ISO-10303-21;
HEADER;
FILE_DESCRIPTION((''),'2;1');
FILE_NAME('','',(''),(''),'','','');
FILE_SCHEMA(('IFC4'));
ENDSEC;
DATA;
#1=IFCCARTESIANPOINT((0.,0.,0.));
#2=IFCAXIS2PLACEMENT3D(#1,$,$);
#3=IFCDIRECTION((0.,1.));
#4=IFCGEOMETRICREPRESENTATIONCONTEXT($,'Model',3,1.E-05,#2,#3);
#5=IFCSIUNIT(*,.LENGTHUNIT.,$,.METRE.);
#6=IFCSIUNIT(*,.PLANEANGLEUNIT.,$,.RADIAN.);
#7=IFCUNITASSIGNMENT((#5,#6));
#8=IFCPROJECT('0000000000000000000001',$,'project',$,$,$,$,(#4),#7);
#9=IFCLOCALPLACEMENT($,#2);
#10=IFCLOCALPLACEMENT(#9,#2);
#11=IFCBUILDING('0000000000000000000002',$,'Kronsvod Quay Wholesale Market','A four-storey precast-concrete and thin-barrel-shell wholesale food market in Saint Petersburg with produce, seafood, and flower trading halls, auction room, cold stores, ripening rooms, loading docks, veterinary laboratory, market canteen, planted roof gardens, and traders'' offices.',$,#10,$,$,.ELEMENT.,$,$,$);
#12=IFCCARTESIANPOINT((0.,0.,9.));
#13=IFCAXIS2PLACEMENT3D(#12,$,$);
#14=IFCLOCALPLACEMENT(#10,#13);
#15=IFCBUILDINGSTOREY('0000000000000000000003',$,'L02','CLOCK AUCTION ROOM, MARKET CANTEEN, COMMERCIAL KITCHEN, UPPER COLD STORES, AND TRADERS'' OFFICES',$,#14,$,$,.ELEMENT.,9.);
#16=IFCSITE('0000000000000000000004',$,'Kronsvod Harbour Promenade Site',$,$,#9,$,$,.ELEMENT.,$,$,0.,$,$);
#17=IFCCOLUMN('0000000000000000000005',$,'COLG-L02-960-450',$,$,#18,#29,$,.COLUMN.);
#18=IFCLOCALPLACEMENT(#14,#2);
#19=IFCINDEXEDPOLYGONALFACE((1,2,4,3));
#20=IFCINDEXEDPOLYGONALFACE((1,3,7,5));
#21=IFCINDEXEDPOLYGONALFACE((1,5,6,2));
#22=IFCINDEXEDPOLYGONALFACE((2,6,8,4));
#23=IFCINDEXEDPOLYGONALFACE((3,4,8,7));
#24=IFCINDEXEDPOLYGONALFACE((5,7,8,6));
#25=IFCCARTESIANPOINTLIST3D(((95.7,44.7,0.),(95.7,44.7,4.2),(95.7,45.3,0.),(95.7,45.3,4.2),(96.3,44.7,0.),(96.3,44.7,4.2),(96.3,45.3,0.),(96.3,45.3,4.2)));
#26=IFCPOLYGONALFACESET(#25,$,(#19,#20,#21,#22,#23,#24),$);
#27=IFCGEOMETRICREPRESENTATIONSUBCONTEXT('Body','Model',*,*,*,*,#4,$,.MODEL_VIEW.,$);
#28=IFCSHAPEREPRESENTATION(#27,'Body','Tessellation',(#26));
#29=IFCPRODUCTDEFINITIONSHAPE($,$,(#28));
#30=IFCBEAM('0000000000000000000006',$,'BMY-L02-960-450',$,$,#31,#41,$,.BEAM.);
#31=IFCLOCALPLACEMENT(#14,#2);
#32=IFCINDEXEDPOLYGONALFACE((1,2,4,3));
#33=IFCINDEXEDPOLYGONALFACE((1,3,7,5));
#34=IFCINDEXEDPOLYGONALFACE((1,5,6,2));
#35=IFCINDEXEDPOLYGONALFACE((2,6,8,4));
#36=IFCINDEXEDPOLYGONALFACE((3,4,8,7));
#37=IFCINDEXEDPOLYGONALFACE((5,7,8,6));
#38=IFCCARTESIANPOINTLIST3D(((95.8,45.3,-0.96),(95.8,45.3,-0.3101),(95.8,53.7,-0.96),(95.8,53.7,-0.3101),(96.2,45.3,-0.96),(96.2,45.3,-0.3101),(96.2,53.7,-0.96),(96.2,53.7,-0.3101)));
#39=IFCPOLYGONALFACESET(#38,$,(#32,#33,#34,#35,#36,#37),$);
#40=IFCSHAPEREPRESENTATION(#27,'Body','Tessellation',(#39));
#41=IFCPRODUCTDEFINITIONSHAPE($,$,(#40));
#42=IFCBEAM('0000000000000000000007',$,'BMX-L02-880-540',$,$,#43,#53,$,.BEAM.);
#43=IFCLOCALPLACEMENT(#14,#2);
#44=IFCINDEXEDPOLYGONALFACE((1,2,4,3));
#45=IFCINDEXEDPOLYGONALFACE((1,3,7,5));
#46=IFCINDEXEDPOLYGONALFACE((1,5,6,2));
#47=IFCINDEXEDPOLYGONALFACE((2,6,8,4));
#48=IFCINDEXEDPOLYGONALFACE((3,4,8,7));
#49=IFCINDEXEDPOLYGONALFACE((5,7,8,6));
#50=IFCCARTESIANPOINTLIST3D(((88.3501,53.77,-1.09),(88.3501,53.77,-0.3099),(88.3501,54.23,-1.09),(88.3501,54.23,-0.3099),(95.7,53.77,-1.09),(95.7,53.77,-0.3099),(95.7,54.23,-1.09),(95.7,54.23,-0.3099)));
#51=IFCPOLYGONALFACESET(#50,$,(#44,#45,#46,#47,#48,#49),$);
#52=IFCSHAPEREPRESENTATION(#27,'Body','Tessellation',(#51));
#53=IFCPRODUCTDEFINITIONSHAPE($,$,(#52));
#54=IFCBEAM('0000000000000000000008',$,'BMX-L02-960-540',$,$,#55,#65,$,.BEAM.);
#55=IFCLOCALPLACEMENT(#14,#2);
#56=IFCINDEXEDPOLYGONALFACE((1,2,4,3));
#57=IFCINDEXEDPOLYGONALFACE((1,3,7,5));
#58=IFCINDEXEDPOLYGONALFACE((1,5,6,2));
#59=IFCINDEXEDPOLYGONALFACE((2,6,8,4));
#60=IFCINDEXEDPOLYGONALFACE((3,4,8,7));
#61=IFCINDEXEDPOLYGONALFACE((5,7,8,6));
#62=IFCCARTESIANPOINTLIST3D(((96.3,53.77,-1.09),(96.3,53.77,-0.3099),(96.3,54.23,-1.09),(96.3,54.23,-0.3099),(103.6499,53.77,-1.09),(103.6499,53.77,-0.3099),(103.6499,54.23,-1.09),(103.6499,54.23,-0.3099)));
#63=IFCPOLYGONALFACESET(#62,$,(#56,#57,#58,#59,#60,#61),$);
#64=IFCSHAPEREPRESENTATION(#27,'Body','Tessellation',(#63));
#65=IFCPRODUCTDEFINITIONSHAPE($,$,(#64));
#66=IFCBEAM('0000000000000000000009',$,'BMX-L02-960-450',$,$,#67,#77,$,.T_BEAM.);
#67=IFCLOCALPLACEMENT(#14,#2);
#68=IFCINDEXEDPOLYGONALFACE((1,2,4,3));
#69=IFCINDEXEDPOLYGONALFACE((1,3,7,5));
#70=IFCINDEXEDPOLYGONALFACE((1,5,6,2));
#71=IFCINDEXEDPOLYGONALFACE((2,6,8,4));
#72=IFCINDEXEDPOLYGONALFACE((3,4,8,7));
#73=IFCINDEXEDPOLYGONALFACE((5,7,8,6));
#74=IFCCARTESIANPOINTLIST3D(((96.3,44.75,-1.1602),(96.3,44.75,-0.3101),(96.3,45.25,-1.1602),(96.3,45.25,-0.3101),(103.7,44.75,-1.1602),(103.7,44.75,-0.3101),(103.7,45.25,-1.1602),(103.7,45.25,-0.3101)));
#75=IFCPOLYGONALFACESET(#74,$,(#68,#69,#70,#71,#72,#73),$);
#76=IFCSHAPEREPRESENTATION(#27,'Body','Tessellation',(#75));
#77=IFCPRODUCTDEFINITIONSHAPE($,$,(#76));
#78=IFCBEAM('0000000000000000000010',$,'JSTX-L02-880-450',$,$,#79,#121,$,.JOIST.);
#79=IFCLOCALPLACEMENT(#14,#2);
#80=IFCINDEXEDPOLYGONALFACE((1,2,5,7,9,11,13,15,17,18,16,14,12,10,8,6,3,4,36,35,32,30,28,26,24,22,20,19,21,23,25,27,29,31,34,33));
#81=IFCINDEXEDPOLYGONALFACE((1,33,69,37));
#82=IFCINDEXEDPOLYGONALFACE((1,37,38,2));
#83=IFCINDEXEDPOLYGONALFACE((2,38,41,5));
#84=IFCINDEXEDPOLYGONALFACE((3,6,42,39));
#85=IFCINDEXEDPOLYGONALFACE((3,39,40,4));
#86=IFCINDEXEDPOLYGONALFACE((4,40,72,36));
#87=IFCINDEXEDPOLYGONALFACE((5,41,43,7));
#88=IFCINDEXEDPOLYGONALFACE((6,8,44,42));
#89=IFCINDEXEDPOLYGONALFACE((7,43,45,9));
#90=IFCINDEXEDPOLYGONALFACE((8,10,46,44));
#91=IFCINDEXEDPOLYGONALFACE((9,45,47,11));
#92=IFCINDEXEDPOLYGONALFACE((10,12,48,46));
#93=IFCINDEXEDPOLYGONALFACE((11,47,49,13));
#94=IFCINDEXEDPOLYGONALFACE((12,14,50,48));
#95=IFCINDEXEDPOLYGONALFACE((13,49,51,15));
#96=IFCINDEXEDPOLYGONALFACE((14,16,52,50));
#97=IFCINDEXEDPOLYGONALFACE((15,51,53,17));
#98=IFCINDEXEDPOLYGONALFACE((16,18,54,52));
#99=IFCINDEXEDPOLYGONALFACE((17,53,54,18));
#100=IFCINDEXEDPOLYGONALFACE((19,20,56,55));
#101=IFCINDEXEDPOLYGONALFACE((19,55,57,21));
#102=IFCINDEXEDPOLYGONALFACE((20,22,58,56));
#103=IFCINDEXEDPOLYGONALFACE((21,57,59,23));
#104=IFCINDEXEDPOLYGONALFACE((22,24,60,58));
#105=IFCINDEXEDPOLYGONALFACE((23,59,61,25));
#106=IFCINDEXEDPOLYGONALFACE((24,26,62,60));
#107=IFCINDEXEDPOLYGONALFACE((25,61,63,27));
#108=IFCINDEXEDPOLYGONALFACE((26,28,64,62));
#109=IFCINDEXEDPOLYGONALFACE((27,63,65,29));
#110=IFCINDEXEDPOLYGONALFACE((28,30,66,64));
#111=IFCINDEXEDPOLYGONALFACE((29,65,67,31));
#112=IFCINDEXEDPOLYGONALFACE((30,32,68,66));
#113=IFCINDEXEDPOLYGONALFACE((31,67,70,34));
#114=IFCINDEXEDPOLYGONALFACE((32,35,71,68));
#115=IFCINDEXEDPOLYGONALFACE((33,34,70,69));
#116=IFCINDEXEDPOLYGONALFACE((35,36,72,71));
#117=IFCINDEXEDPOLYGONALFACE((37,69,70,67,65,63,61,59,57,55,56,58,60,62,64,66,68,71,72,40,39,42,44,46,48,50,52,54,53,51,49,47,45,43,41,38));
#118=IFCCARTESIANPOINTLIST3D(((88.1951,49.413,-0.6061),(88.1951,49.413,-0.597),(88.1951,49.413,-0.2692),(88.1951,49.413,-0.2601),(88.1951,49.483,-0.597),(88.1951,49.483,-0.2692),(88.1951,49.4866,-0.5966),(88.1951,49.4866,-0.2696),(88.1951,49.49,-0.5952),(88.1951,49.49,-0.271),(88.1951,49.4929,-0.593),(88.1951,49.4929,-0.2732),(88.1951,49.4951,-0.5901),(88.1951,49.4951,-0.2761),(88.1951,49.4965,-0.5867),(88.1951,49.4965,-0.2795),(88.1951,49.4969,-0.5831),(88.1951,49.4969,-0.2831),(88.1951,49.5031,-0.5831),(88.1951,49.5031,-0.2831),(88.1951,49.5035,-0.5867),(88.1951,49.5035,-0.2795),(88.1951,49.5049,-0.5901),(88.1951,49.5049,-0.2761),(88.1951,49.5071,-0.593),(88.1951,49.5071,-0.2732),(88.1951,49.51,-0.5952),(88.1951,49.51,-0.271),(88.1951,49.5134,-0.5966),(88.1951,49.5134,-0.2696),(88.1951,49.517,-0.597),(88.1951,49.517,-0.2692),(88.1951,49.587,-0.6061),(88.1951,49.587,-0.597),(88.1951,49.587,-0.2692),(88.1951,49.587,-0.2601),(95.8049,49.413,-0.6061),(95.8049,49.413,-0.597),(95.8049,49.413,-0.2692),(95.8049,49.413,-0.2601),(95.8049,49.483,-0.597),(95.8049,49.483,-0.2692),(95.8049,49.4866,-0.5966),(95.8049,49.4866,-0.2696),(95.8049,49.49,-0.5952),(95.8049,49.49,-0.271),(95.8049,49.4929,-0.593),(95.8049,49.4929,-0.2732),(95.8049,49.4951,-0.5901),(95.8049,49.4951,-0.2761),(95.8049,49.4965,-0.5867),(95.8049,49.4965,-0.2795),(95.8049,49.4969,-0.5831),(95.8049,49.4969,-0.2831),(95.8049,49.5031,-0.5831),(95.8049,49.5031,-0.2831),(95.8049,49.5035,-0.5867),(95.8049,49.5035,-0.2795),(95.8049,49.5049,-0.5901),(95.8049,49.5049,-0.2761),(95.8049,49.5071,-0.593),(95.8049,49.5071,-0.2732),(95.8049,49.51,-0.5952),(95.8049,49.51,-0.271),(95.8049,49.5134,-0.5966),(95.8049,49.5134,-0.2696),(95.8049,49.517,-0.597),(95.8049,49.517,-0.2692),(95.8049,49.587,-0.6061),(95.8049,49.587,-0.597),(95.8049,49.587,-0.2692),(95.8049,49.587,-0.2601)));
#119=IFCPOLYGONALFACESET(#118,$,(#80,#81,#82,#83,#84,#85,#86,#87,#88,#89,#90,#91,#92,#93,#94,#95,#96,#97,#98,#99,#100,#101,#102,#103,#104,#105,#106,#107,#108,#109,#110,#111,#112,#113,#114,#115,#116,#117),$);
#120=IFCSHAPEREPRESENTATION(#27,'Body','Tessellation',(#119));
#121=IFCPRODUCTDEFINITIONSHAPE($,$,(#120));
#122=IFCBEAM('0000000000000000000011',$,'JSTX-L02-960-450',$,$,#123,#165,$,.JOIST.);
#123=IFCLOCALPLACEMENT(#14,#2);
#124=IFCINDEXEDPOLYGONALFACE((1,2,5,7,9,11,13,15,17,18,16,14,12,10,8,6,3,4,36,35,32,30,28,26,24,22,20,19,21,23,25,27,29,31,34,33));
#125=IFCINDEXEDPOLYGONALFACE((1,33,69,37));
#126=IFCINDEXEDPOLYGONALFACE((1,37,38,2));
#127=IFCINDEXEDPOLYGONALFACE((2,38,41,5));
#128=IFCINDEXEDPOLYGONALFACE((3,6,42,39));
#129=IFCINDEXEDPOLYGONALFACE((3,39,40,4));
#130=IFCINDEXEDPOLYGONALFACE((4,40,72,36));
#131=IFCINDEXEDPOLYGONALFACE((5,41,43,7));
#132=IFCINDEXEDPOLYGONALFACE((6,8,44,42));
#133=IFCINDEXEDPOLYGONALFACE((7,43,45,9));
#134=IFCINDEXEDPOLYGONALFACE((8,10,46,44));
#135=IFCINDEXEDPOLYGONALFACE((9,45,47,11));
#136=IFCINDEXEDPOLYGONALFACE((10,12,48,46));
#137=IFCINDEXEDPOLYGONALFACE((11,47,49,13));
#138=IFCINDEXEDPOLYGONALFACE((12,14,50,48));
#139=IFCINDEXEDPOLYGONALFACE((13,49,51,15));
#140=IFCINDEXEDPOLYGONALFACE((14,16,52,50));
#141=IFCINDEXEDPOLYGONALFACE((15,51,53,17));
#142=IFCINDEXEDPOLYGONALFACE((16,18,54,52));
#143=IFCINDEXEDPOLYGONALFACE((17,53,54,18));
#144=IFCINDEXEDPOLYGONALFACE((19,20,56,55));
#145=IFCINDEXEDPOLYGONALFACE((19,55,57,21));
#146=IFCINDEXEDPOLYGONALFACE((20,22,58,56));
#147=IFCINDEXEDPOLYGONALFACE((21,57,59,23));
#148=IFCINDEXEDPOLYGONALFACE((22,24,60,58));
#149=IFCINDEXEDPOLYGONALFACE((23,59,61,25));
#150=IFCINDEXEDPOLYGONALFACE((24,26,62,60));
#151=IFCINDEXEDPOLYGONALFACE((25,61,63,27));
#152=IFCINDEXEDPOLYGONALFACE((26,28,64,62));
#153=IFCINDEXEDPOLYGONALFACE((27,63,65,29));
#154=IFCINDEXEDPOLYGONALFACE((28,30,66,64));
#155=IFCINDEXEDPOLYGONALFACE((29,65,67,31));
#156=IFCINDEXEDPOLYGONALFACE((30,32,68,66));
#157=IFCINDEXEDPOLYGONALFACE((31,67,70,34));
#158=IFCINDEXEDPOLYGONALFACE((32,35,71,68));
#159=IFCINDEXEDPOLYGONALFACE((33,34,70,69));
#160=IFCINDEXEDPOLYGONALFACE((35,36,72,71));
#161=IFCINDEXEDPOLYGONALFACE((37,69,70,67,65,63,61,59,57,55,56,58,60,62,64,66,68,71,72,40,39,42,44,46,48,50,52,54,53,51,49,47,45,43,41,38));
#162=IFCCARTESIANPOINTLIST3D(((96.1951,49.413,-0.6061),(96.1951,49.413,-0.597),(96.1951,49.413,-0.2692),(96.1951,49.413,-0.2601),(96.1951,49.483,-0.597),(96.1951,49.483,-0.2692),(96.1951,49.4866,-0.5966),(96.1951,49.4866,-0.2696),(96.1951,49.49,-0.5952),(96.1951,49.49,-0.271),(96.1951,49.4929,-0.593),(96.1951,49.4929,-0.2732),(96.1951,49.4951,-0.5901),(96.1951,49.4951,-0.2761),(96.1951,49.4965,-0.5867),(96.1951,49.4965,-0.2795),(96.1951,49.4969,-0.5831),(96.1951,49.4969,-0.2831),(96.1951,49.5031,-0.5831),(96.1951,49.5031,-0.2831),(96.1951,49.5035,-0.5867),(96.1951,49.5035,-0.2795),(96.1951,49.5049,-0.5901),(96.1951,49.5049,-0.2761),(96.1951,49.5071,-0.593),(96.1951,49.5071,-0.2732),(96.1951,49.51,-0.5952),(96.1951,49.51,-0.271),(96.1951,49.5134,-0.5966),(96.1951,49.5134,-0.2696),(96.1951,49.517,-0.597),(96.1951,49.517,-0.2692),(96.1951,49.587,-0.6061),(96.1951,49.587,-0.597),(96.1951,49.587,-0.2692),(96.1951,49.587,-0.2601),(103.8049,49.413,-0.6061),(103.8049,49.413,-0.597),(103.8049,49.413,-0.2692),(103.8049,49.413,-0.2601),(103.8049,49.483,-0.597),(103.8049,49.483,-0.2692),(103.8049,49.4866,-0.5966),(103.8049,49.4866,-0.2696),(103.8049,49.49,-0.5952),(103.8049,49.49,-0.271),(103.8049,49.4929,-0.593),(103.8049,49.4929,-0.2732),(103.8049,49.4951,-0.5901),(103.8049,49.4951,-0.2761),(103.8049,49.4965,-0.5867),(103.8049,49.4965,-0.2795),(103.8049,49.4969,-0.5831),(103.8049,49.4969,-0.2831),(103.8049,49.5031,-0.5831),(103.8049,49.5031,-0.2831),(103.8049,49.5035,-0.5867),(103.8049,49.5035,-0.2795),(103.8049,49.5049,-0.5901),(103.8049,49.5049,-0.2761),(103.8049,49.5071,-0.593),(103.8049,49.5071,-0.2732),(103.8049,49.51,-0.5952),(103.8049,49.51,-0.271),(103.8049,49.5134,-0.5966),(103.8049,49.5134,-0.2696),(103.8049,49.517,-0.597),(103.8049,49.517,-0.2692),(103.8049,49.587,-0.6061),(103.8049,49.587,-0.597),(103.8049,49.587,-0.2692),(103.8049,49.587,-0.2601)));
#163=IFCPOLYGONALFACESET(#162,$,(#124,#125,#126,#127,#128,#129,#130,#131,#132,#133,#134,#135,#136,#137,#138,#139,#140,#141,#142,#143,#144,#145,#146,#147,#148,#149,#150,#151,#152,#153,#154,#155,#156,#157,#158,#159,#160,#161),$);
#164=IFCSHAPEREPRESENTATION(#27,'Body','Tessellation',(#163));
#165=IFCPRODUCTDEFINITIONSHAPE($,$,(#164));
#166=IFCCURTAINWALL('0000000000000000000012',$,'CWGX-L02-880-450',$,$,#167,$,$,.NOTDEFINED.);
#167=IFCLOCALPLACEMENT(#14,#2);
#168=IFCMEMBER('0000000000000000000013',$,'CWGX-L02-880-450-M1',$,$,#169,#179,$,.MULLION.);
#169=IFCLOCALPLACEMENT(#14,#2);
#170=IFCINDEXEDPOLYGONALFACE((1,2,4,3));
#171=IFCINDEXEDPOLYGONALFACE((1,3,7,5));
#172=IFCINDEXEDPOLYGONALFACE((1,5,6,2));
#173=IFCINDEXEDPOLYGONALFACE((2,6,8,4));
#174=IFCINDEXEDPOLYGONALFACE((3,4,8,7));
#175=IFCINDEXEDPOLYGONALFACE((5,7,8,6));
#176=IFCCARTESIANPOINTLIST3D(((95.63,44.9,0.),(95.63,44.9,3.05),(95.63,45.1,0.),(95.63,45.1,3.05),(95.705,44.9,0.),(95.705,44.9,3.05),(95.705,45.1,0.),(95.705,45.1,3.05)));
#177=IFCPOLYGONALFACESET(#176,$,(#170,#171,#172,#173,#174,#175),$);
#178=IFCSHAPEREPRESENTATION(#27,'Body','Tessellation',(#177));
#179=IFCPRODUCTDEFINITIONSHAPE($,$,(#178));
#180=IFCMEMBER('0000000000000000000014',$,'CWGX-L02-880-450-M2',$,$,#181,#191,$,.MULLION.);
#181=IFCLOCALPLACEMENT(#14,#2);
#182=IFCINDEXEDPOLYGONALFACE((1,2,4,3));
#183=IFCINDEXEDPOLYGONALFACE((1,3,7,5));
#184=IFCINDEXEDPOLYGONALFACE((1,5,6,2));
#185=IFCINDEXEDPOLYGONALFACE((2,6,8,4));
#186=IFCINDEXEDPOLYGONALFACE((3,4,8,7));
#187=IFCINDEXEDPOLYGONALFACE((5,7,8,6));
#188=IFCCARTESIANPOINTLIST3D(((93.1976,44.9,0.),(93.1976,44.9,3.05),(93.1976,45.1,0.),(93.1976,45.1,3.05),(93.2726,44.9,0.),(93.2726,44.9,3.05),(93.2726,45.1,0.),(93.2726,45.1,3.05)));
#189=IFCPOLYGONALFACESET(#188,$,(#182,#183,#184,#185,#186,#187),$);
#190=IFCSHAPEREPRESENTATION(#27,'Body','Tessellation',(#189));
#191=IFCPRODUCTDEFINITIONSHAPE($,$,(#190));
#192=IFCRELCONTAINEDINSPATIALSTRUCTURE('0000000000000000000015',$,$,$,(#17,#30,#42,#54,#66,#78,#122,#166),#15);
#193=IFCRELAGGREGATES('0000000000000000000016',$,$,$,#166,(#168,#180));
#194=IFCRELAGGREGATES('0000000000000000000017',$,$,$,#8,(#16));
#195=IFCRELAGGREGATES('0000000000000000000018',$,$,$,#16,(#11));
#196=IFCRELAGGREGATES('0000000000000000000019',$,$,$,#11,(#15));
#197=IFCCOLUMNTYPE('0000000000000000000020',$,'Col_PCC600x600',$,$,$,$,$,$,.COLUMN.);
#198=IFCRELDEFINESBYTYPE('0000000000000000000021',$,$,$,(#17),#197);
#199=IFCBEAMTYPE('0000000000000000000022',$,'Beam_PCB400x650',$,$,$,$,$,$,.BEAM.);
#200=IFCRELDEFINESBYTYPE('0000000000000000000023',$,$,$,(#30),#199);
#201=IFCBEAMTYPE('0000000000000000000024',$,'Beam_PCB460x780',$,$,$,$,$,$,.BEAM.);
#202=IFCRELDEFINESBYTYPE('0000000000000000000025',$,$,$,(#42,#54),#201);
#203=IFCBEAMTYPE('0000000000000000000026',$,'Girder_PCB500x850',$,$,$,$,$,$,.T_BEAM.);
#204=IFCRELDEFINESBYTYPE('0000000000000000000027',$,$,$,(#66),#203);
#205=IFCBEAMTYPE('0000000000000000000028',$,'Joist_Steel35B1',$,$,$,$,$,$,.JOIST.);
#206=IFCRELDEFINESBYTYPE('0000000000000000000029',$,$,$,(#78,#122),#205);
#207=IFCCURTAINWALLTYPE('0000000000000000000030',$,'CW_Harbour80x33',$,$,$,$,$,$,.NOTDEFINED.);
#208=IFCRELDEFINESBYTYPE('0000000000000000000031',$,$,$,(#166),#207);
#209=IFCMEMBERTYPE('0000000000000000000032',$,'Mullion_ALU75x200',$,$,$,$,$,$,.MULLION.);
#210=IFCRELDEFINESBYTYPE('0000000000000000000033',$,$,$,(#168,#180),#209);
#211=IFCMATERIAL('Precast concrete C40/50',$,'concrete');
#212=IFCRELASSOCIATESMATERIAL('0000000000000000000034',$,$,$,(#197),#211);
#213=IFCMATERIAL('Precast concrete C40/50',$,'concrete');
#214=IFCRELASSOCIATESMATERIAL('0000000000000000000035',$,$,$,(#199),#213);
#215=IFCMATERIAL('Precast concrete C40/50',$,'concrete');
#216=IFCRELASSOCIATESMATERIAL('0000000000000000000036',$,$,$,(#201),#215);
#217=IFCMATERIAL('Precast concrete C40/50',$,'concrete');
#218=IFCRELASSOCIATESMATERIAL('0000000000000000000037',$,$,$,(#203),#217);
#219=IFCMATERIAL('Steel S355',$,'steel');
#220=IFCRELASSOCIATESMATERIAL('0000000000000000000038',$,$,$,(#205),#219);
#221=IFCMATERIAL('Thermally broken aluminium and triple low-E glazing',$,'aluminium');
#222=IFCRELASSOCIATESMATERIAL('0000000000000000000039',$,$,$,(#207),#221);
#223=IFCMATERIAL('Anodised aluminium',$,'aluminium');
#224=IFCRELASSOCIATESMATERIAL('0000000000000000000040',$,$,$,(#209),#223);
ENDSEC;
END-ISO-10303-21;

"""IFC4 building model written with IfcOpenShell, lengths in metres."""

from ifc_helpers import new_model, si_unit, direction, frame, origin, origin_2d, place, context, subcontext, project, spatial, rectangle, i_section, extrude, material, material_profile, profile_set, type_object, element, aggregate, save


model = new_model("IFC4")

# Units and contexts
model_context = context("Model", 3, precision=1e-05, world=origin(), true_north=direction((0.0, 1.0)))
body_context = subcontext(model_context, "Body", "Model", "MODEL_VIEW")
ifc_project = project(units=[si_unit("LENGTHUNIT", "METRE"), si_unit("PLANEANGLEUNIT", "RADIAN")], contexts=[model_context])

# Site, building, storey
site_placement = place(None, origin())
site = spatial("IfcSite", under=ifc_project, at=site_placement, Name="Kronsvod Harbour Promenade Site", CompositionType="ELEMENT", RefElevation=0.0)
building_placement = place(site_placement, origin())
building = spatial("IfcBuilding", under=site, at=building_placement, Name="Kronsvod Quay Wholesale Market", Description="A four-storey precast-concrete and thin-barrel-shell wholesale food market in Saint Petersburg with produce, seafood, and flower trading halls, auction room, cold stores, ripening rooms, loading docks, veterinary laboratory, market canteen, planted roof gardens, and traders' offices.", CompositionType="ELEMENT")
storey_placement = place(building_placement, frame((0.0, 0.0, 9.0)))
storey = spatial("IfcBuildingStorey", under=building, at=storey_placement, Name="L02", Description="CLOCK AUCTION ROOM, MARKET CANTEEN, COMMERCIAL KITCHEN, UPPER COLD STORES, AND TRADERS' OFFICES", CompositionType="ELEMENT", Elevation=9.0)

# Column
ifc_material_1 = material(Name="Precast concrete C40/50", Category="concrete")
ifc_material_profile_1 = material_profile(ifc_material_1, rectangle(XDim=0.6001, YDim=0.6001, at=origin_2d()), Name="PCC600x600")
ifc_profile_set_1 = profile_set([ifc_material_profile_1], Name="Precast concrete C40/50")
column_type = type_object("IfcColumnType", Name="Col_PCC600x600", PredefinedType="COLUMN", material=ifc_profile_set_1)
column_placement = place(storey_placement, frame((96.0, 45.0, 0.0), z_axis=(0.0, 0.0, 1.0), x_axis=(1.0, 0.0, 0.0)))
element("IfcColumn", 1, at=column_placement, inside=storey, type_object=column_type, Name="COLG-L02-960-450", PredefinedType="COLUMN", context=body_context, shape_type="SweptSolid", body=[
    extrude(rectangle(XDim=0.6001, YDim=0.6001, at=origin_2d()), origin(), (0.0, 0.0, 1.0), 4.2),
])

# Beams
ifc_material_2 = material(Name="Precast concrete C40/50", Category="concrete")
ifc_material_profile_2 = material_profile(ifc_material_2, rectangle(XDim=0.3999, YDim=0.6499, at=origin_2d()), Name="PCB400x650")
ifc_profile_set_2 = profile_set([ifc_material_profile_2], Name="Precast concrete C40/50")
beam_type_1 = type_object("IfcBeamType", Name="Beam_PCB400x650", PredefinedType="BEAM", material=ifc_profile_set_2)
beam_1_placement = place(storey_placement, frame((96.0, 45.3, -0.635), z_axis=(0.0, 1.0, 0.0), x_axis=(-1.0, 0.0, 0.0)))
element("IfcBeam", 2, at=beam_1_placement, inside=storey, type_object=beam_type_1, Name="BMY-L02-960-450", PredefinedType="BEAM", context=body_context, shape_type="SweptSolid", body=[
    extrude(rectangle(XDim=0.3999, YDim=0.6499, at=origin_2d()), origin(), (0.0, 0.0, 1.0), 8.3999),
])
ifc_material_3 = material(Name="Precast concrete C40/50", Category="concrete")
ifc_material_profile_3 = material_profile(ifc_material_3, rectangle(XDim=0.46, YDim=0.78, at=origin_2d()), Name="PB-03")
ifc_profile_set_3 = profile_set([ifc_material_profile_3], Name="Precast concrete C40/50")
beam_type_2 = type_object("IfcBeamType", Name="Beam_PCB460x780", PredefinedType="BEAM", material=ifc_profile_set_3)
for number, where, z_axis, x_axis, name in (
    (3, (88.3501, 54.0, -0.7), (1.0, 0.0, 0.0), (0.0, 1.0, 0.0), "BMX-L02-880-540"),
    (4, (96.3, 54.0, -0.7), (1.0, 0.0, 0.0), (0.0, 1.0, 0.0), "BMX-L02-960-540"),
):
    element("IfcBeam", number, at=place(storey_placement, frame(where, z_axis=z_axis, x_axis=x_axis)), inside=storey, type_object=beam_type_2, Name=name, PredefinedType="BEAM", context=body_context, shape_type="SweptSolid", body=[
        extrude(rectangle(XDim=0.46, YDim=0.78, at=origin_2d()), origin(), (0.0, 0.0, 1.0), 7.3499),
    ])
ifc_material_4 = material(Name="Precast concrete C40/50", Category="concrete")
ifc_material_profile_4 = material_profile(ifc_material_4, rectangle(XDim=0.5, YDim=0.8501, at=origin_2d()), Name="PCB500x850")
ifc_profile_set_4 = profile_set([ifc_material_profile_4], Name="Precast concrete C40/50")
beam_type_3 = type_object("IfcBeamType", Name="Girder_PCB500x850", PredefinedType="T_BEAM", material=ifc_profile_set_4)
beam_2_placement = place(storey_placement, frame((96.3, 45.0, -0.7351), z_axis=(1.0, 0.0, 0.0), x_axis=(0.0, 1.0, 0.0)))
element("IfcBeam", 5, at=beam_2_placement, inside=storey, type_object=beam_type_3, Name="BMX-L02-960-450", PredefinedType="T_BEAM", context=body_context, shape_type="SweptSolid", body=[
    extrude(rectangle(XDim=0.5, YDim=0.8501, at=origin_2d()), origin(), (0.0, 0.0, 1.0), 7.3999),
])
ifc_material_5 = material(Name="Steel S355", Category="steel")
ifc_material_profile_5 = material_profile(ifc_material_5, i_section(OverallWidth=0.1741, OverallDepth=0.3459, WebThickness=0.0061, FlangeThickness=0.009, FilletRadius=0.0139, at=origin_2d()), Name="35B1")
ifc_profile_set_5 = profile_set([ifc_material_profile_5], Name="Steel S355")
beam_type_4 = type_object("IfcBeamType", Name="Joist_Steel35B1", PredefinedType="JOIST", material=ifc_profile_set_5)
for number, where, z_axis, x_axis, name in (
    (6, (88.1951, 49.5, -0.4331), (1.0, 0.0, 0.0), (0.0, 1.0, 0.0), "JSTX-L02-880-450"),
    (7, (96.1951, 49.5, -0.4331), (1.0, 0.0, 0.0), (0.0, 1.0, 0.0), "JSTX-L02-960-450"),
):
    element("IfcBeam", number, at=place(storey_placement, frame(where, z_axis=z_axis, x_axis=x_axis)), inside=storey, type_object=beam_type_4, Name=name, PredefinedType="JOIST", context=body_context, shape_type="SweptSolid", body=[
        extrude(i_section(OverallWidth=0.1741, OverallDepth=0.3459, WebThickness=0.0061, FlangeThickness=0.009, FilletRadius=0.0139, at=origin_2d()), origin(), (0.0, 0.0, 1.0), 7.6099),
    ])

# Curtain wall, members
ifc_material_6 = material(Name="Thermally broken aluminium and triple low-E glazing", Category="aluminium")
curtain_wall_type = type_object("IfcCurtainWallType", Name="CW_Harbour80x33", PredefinedType="NOTDEFINED", material=ifc_material_6)
curtain_wall_1_placement = place(storey_placement, origin())
curtain_wall_1 = element("IfcCurtainWall", 8, at=curtain_wall_1_placement, inside=storey, type_object=curtain_wall_type, Name="CWGX-L02-880-450", PredefinedType="NOTDEFINED")
ifc_material_7 = material(Name="Anodised aluminium", Category="aluminium")
ifc_material_profile_6 = material_profile(ifc_material_7, rectangle(XDim=0.075, YDim=0.2, at=origin_2d()), Name="ALUM75x200")
ifc_profile_set_6 = profile_set([ifc_material_profile_6], Name="Anodised aluminium")
member_type_1 = type_object("IfcMemberType", Name="Mullion_ALU75x200", PredefinedType="MULLION", material=ifc_profile_set_6)
member_1_placement = place(storey_placement, frame((95.6675, 45.0, 0.0), z_axis=(0.0, 0.0, 1.0), x_axis=(1.0, 0.0, 0.0)))
member_1 = element("IfcMember", 9, at=member_1_placement, type_object=member_type_1, Name="CWGX-L02-880-450-M1", PredefinedType="MULLION", context=body_context, shape_type="SweptSolid", body=[
    extrude(rectangle(XDim=0.075, YDim=0.2, at=origin_2d()), origin(), (0.0, 0.0, 1.0), 3.05),
])
member_2_placement = place(storey_placement, frame((93.2351, 45.0, 0.0), z_axis=(0.0, 0.0, 1.0), x_axis=(1.0, 0.0, 0.0)))
member_2 = element("IfcMember", 10, at=member_2_placement, type_object=member_type_1, Name="CWGX-L02-880-450-M2", PredefinedType="MULLION", context=body_context, shape_type="SweptSolid", body=[
    extrude(rectangle(XDim=0.075, YDim=0.2, at=origin_2d()), origin(), (0.0, 0.0, 1.0), 3.05),
])

aggregate(curtain_wall_1, [member_1, member_2])

save(model, "model.ifc")
